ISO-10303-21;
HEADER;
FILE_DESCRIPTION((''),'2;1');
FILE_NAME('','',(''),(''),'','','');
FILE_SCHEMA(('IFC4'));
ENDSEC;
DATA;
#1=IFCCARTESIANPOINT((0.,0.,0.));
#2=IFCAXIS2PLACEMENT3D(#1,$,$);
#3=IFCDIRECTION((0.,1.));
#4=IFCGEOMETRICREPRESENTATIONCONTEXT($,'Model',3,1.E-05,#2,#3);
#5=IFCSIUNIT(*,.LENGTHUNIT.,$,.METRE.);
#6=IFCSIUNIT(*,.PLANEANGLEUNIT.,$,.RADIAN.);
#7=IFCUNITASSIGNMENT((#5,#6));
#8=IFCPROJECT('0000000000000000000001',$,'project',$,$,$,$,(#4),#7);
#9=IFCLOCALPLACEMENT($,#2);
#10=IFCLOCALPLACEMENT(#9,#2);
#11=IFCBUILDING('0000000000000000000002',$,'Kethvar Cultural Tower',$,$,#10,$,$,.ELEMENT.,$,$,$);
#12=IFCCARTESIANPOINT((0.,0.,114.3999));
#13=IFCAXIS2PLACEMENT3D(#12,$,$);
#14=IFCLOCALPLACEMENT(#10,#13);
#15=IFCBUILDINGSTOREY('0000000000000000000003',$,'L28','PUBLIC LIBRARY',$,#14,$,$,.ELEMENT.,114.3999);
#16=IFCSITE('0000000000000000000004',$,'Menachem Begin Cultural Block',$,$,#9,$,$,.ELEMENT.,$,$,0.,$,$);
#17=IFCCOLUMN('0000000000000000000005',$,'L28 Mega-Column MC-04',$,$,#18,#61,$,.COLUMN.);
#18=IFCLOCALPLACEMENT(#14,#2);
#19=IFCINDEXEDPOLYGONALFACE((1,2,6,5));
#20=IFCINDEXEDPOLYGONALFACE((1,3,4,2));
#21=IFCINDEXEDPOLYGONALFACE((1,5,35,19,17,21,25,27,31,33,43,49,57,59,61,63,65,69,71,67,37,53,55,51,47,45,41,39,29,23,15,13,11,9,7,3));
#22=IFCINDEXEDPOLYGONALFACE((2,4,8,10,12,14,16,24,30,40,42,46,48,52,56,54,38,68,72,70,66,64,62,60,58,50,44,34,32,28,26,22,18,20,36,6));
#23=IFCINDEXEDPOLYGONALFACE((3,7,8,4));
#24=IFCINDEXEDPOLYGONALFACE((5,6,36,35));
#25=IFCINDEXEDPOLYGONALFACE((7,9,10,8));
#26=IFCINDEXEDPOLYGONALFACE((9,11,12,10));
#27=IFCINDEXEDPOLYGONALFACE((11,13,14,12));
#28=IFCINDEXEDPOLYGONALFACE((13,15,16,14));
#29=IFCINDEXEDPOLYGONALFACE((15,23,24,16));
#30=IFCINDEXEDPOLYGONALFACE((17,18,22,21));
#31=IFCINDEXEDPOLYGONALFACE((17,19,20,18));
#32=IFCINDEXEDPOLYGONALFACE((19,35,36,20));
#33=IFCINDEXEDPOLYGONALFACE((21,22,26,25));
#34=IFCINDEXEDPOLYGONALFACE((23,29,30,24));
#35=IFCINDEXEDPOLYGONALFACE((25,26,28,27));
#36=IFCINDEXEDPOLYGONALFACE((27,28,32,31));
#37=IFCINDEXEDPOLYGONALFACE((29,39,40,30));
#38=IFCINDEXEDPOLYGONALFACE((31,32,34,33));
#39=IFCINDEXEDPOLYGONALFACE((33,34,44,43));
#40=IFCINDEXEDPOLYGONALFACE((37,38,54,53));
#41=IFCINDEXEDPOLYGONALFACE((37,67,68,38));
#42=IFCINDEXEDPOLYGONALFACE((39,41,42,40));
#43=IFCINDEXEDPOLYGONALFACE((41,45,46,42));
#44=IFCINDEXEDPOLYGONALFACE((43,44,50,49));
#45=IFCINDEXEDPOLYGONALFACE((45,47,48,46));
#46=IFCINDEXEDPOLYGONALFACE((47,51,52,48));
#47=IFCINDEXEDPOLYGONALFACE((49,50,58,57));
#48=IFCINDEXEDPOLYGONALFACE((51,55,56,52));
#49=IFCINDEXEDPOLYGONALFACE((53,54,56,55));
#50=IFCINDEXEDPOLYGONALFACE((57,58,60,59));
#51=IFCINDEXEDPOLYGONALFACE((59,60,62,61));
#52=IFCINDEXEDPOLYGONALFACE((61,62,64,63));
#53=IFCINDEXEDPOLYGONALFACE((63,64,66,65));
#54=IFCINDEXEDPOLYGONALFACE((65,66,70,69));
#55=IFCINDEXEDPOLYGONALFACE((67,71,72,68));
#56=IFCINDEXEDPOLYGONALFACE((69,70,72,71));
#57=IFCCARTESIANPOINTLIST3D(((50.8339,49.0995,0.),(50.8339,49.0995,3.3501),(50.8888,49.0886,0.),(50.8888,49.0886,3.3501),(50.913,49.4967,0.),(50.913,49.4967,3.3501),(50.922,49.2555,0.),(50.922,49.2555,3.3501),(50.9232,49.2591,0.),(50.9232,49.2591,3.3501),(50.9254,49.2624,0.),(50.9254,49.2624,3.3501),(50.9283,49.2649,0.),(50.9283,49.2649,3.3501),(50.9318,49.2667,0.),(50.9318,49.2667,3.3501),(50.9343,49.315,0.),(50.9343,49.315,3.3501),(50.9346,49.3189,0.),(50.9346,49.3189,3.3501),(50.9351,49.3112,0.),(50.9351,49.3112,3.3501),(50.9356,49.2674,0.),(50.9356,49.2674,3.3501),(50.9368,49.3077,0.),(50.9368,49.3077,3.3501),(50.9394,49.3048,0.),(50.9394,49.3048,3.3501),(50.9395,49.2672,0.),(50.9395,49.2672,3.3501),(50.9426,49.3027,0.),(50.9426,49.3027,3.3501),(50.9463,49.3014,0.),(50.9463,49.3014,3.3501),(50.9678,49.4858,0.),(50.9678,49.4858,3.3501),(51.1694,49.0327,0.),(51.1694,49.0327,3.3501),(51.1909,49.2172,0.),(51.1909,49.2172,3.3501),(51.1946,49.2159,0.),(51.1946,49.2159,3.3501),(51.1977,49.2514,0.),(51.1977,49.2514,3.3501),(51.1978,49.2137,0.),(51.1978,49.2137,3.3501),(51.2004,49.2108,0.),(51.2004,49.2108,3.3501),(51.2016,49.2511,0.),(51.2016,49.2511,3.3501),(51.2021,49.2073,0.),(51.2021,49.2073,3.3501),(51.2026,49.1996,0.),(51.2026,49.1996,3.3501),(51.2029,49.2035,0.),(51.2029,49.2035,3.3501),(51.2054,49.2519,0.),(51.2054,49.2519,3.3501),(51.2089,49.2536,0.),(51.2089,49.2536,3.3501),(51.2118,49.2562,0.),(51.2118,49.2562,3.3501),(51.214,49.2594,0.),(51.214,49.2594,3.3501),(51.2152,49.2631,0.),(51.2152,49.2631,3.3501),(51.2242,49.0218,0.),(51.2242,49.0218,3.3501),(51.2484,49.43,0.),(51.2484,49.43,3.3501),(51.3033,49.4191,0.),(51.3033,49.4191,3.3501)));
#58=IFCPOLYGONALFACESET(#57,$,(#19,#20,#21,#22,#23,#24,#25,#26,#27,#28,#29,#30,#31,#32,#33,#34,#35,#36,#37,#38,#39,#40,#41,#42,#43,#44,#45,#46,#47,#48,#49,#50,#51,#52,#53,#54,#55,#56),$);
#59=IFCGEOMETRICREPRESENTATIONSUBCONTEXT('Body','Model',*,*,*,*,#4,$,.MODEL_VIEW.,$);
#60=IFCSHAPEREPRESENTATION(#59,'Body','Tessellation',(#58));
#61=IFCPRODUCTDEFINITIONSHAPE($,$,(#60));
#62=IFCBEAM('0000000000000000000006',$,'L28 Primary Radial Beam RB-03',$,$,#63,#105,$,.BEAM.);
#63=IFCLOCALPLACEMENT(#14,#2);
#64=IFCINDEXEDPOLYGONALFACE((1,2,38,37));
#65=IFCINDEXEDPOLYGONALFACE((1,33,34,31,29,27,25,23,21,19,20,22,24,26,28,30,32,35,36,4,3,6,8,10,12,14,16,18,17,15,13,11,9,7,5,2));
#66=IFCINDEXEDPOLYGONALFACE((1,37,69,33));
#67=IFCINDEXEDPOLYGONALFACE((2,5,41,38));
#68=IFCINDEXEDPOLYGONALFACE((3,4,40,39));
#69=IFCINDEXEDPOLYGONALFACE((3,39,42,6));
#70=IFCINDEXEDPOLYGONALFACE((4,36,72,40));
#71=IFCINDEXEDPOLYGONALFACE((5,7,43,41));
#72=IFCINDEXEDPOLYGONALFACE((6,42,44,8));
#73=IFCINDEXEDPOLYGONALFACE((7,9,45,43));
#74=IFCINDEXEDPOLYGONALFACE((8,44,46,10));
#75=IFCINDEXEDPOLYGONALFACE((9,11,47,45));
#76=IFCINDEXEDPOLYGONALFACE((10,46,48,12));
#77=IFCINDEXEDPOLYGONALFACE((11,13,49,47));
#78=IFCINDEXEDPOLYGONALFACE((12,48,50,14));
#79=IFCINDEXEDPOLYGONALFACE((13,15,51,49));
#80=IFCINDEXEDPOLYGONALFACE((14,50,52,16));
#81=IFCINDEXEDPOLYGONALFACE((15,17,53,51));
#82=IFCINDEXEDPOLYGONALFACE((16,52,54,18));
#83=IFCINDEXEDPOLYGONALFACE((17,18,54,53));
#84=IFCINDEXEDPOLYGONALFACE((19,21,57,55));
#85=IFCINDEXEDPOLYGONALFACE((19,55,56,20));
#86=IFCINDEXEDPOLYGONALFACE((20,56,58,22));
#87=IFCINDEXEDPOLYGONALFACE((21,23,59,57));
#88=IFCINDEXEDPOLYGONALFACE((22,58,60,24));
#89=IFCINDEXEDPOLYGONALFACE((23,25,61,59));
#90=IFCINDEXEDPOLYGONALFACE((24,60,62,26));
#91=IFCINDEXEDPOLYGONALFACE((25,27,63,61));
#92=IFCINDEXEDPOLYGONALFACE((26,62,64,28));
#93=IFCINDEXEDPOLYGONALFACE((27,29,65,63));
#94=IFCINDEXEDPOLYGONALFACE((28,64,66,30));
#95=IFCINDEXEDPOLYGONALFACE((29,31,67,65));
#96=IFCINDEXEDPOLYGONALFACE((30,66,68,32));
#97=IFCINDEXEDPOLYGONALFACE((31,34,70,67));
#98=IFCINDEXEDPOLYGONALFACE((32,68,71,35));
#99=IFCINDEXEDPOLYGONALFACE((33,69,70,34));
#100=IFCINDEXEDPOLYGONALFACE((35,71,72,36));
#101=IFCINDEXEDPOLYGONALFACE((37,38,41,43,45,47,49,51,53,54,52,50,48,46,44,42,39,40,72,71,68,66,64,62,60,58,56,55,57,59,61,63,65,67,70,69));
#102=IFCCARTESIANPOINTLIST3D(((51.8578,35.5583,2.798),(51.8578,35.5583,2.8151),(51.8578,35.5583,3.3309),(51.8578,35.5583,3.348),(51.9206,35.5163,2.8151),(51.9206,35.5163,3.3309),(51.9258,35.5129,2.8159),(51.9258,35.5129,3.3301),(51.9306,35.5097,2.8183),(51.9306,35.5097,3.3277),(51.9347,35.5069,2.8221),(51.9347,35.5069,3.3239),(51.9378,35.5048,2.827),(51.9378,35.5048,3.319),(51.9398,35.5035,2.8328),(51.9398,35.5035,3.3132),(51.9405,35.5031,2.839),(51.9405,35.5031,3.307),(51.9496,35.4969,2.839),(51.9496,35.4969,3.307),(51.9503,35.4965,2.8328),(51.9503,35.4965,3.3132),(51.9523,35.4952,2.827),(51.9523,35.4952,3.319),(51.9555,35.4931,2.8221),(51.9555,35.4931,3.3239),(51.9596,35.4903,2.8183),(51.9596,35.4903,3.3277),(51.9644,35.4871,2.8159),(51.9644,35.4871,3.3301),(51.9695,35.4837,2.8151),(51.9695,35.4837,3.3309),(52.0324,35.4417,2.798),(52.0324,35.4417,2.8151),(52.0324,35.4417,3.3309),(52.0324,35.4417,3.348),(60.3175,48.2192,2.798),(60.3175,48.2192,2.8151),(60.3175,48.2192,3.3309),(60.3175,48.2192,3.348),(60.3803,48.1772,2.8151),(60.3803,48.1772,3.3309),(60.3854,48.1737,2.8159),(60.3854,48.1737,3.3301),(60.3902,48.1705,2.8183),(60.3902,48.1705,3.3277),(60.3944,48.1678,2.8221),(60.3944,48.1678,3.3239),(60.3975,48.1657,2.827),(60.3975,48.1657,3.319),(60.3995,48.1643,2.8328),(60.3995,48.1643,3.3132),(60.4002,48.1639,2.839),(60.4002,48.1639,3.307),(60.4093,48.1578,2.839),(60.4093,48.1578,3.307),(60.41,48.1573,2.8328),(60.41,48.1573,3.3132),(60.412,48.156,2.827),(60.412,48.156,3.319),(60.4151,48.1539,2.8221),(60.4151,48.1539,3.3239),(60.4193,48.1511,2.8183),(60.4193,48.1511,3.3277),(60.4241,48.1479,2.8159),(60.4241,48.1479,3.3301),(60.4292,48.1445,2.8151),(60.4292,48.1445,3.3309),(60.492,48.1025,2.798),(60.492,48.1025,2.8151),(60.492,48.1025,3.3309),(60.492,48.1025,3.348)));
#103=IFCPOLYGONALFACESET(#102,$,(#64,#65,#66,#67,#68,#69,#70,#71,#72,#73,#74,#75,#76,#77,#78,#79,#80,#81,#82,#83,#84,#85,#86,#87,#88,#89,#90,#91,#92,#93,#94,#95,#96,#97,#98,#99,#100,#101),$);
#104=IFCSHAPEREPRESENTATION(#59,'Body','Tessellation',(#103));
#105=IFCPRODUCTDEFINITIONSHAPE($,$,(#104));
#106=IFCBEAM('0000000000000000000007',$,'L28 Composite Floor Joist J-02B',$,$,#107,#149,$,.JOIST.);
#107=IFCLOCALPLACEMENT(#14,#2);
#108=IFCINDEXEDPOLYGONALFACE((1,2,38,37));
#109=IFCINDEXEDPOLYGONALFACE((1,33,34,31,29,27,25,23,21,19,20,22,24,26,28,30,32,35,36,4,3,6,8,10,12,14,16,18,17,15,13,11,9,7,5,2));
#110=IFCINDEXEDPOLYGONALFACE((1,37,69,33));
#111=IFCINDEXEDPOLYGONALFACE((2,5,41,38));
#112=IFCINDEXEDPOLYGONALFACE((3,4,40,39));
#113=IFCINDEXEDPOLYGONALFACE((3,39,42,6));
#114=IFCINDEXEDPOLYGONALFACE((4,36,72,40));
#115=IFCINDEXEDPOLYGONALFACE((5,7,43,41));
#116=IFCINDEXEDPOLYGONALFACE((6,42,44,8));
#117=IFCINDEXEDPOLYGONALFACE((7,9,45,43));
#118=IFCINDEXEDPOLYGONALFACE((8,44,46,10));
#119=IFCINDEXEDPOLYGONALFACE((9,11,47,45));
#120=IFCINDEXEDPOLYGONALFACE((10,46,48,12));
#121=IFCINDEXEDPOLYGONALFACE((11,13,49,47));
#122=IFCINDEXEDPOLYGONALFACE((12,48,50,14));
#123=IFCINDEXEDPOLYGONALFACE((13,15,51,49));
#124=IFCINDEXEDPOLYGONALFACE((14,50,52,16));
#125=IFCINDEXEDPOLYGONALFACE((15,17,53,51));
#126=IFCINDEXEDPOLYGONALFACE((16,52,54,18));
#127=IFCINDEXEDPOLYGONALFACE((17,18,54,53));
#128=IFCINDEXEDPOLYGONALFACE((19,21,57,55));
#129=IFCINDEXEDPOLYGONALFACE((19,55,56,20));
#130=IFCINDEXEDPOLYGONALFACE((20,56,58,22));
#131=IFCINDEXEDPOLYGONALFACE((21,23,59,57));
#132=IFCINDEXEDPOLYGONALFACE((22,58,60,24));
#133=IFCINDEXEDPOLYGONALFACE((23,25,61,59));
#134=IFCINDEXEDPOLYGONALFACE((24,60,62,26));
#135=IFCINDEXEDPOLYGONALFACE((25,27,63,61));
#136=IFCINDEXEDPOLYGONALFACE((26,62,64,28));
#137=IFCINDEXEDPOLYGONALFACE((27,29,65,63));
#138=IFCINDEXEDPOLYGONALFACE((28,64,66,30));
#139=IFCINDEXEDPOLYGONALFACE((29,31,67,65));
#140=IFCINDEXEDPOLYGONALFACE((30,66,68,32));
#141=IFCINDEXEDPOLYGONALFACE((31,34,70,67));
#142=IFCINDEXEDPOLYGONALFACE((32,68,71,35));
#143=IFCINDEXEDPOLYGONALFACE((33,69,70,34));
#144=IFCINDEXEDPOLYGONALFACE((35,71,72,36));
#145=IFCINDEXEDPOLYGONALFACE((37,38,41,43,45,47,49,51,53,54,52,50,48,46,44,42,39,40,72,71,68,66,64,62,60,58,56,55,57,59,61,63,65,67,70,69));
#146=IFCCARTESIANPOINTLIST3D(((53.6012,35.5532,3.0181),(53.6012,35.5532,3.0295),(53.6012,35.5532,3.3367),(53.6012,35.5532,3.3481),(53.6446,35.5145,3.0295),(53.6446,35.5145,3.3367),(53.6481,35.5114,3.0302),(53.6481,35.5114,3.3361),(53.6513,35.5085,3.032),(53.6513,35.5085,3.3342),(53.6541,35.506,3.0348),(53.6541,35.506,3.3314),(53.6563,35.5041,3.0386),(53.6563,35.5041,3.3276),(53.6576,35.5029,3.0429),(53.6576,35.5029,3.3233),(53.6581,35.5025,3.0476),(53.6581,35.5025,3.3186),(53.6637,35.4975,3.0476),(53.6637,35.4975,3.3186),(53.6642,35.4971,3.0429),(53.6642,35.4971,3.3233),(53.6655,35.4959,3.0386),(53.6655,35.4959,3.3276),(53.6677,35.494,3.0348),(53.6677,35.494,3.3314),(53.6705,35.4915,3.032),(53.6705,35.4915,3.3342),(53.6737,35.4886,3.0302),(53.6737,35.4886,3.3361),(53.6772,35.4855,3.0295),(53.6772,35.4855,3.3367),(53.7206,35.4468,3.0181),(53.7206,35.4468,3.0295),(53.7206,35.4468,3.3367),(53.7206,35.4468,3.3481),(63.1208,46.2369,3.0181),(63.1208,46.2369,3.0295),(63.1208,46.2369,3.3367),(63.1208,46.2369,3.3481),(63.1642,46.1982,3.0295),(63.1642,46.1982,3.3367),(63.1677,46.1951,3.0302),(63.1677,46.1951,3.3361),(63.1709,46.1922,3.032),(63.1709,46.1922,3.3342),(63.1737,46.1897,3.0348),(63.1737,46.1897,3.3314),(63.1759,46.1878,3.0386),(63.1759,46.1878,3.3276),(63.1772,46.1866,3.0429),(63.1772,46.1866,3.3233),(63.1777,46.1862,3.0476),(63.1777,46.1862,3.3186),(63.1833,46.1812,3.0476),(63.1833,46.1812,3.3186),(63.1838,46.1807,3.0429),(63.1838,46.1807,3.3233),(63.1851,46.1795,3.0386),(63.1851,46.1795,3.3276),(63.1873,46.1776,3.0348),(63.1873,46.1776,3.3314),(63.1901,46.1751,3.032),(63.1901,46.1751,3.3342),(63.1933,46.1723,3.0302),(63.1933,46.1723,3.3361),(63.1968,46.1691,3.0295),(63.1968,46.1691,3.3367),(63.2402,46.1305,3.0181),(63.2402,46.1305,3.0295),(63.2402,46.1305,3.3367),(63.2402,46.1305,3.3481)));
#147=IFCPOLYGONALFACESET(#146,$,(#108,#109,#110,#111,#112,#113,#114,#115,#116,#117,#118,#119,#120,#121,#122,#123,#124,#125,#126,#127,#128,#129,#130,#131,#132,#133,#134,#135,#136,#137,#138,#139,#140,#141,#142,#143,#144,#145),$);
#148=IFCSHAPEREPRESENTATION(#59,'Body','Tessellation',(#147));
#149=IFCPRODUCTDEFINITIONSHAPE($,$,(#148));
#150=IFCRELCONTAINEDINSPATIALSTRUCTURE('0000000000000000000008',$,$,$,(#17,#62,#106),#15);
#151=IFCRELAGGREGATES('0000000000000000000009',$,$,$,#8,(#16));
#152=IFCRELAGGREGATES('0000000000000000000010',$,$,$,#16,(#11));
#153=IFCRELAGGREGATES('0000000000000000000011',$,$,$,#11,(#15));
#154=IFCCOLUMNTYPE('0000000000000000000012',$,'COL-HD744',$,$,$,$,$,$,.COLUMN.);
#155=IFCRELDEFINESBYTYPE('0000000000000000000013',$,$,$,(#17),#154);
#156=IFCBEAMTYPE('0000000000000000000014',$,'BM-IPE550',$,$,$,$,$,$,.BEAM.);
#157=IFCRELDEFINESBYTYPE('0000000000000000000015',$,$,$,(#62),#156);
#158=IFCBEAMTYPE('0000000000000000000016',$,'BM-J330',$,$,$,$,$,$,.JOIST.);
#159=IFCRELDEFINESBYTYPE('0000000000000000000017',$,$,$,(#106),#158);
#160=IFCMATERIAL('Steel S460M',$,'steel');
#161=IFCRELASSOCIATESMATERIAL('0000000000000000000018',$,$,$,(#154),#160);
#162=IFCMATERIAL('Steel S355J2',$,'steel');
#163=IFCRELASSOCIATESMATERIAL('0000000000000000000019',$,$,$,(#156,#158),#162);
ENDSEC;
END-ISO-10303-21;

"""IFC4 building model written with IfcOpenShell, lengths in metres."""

from ifc_helpers import new_model, si_unit, direction, frame, origin, origin_2d, place, context, subcontext, project, spatial, i_section, extrude, source, transform, mapped, material, material_profile, profile_set, type_object, element, save


model = new_model("IFC4")

# Units and contexts
model_context = context("Model", 3, precision=1e-05, world=origin(), true_north=direction((0.0, 1.0)))
body_context = subcontext(model_context, "Body", "Model", "MODEL_VIEW")
ifc_project = project(units=[si_unit("LENGTHUNIT", "METRE"), si_unit("PLANEANGLEUNIT", "RADIAN")], contexts=[model_context])

# Site, building, storey
site_placement = place(None, origin())
site = spatial("IfcSite", under=ifc_project, at=site_placement, Name="Menachem Begin Cultural Block", CompositionType="ELEMENT", RefElevation=0.0)
building_placement = place(site_placement, origin())
building = spatial("IfcBuilding", under=site, at=building_placement, Name="Kethvar Cultural Tower", CompositionType="ELEMENT")
storey_placement = place(building_placement, frame((0.0, 0.0, 114.3999)))
storey = spatial("IfcBuildingStorey", under=building, at=storey_placement, Name="L28", Description="PUBLIC LIBRARY", CompositionType="ELEMENT", Elevation=114.3999)

# Column
ifc_material_1 = material(Name="Steel S460M", Category="steel")
ifc_material_profile_1 = material_profile(ifc_material_1, i_section(OverallWidth=0.405, OverallDepth=0.3979, WebThickness=0.0349, FlangeThickness=0.0559, FilletRadius=0.0149, at=origin_2d()), Name="Steel S460M — HD400x744")
ifc_profile_set_1 = profile_set([ifc_material_profile_1], Name="Steel S460M — HD400x744")
column_type = type_object("IfcColumnType", Name="COL-HD744", PredefinedType="COLUMN", material=ifc_profile_set_1)
shared_shape_1 = source(origin(), body_context, "Body", "SweptSolid", [
    extrude(i_section(OverallWidth=0.405, OverallDepth=0.3979, WebThickness=0.0349, FlangeThickness=0.0559, FilletRadius=0.0149, at=origin_2d()), origin(), (0.0, 0.0, 1.0), 3.3501),
])
column_placement = place(storey_placement, frame((51.0686, 49.2593, 0.0), z_axis=(0.0, 0.0, 1.0), x_axis=(0.19509, 0.980785, 0.0)))
element("IfcColumn", 1, at=column_placement, inside=storey, type_object=column_type, Name="L28 Mega-Column MC-04", PredefinedType="COLUMN", context=body_context, shape_type="MappedRepresentation", body=[
    mapped(shared_shape_1, transform((0.0, 0.0, 0.0), scale=1.0)),
])

# Beams
ifc_material_2 = material(Name="Steel S355J2", Category="steel")
ifc_material_profile_2 = material_profile(ifc_material_2, i_section(OverallWidth=0.21, OverallDepth=0.55, WebThickness=0.011, FlangeThickness=0.0171, FilletRadius=0.0239, at=origin_2d()), Name="Steel S355J2 — IPE550")
ifc_profile_set_2 = profile_set([ifc_material_profile_2], Name="Steel S355J2 — IPE550")
beam_type_1 = type_object("IfcBeamType", Name="BM-IPE550", PredefinedType="BEAM", material=ifc_profile_set_2)
shared_shape_2 = source(origin(), body_context, "Body", "SweptSolid", [
    extrude(i_section(OverallWidth=0.21, OverallDepth=0.55, WebThickness=0.011, FlangeThickness=0.0171, FilletRadius=0.0239, at=origin_2d()), origin(), (0.0, 0.0, 1.0), 15.2271),
])
beam_1_placement = place(storey_placement, frame((51.9451, 35.5, 3.073), z_axis=(0.555569, 0.83147, 0.0), x_axis=(-0.83147, 0.555569, 0.0)))
element("IfcBeam", 2, at=beam_1_placement, inside=storey, type_object=beam_type_1, Name="L28 Primary Radial Beam RB-03", PredefinedType="BEAM", context=body_context, shape_type="MappedRepresentation", body=[
    mapped(shared_shape_2, transform((0.0, 0.0, 0.0), scale=1.0)),
])
ifc_material_profile_3 = material_profile(ifc_material_2, i_section(OverallWidth=0.1599, OverallDepth=0.3301, WebThickness=0.0076, FlangeThickness=0.0115, FilletRadius=0.0181, at=origin_2d()), Name="Steel S355J2 — IPE330")
ifc_profile_set_3 = profile_set([ifc_material_profile_3], Name="Steel S355J2 — IPE330")
beam_type_2 = type_object("IfcBeamType", Name="BM-J330", PredefinedType="JOIST", material=ifc_profile_set_3)
shared_shape_3 = source(origin(), body_context, "Body", "SweptSolid", [
    extrude(i_section(OverallWidth=0.1599, OverallDepth=0.3301, WebThickness=0.0076, FlangeThickness=0.0115, FilletRadius=0.0181, at=origin_2d()), origin(), (0.0, 0.0, 1.0), 14.3096),
])
beam_2_placement = place(storey_placement, frame((53.6609, 35.5, 3.1831), z_axis=(0.665261, 0.746611, 0.0), x_axis=(-0.746611, 0.665261, 0.0)))
element("IfcBeam", 3, at=beam_2_placement, inside=storey, type_object=beam_type_2, Name="L28 Composite Floor Joist J-02B", PredefinedType="JOIST", context=body_context, shape_type="MappedRepresentation", body=[
    mapped(shared_shape_3, transform((0.0, 0.0, 0.0), scale=1.0)),
])

save(model, "model.ifc")
